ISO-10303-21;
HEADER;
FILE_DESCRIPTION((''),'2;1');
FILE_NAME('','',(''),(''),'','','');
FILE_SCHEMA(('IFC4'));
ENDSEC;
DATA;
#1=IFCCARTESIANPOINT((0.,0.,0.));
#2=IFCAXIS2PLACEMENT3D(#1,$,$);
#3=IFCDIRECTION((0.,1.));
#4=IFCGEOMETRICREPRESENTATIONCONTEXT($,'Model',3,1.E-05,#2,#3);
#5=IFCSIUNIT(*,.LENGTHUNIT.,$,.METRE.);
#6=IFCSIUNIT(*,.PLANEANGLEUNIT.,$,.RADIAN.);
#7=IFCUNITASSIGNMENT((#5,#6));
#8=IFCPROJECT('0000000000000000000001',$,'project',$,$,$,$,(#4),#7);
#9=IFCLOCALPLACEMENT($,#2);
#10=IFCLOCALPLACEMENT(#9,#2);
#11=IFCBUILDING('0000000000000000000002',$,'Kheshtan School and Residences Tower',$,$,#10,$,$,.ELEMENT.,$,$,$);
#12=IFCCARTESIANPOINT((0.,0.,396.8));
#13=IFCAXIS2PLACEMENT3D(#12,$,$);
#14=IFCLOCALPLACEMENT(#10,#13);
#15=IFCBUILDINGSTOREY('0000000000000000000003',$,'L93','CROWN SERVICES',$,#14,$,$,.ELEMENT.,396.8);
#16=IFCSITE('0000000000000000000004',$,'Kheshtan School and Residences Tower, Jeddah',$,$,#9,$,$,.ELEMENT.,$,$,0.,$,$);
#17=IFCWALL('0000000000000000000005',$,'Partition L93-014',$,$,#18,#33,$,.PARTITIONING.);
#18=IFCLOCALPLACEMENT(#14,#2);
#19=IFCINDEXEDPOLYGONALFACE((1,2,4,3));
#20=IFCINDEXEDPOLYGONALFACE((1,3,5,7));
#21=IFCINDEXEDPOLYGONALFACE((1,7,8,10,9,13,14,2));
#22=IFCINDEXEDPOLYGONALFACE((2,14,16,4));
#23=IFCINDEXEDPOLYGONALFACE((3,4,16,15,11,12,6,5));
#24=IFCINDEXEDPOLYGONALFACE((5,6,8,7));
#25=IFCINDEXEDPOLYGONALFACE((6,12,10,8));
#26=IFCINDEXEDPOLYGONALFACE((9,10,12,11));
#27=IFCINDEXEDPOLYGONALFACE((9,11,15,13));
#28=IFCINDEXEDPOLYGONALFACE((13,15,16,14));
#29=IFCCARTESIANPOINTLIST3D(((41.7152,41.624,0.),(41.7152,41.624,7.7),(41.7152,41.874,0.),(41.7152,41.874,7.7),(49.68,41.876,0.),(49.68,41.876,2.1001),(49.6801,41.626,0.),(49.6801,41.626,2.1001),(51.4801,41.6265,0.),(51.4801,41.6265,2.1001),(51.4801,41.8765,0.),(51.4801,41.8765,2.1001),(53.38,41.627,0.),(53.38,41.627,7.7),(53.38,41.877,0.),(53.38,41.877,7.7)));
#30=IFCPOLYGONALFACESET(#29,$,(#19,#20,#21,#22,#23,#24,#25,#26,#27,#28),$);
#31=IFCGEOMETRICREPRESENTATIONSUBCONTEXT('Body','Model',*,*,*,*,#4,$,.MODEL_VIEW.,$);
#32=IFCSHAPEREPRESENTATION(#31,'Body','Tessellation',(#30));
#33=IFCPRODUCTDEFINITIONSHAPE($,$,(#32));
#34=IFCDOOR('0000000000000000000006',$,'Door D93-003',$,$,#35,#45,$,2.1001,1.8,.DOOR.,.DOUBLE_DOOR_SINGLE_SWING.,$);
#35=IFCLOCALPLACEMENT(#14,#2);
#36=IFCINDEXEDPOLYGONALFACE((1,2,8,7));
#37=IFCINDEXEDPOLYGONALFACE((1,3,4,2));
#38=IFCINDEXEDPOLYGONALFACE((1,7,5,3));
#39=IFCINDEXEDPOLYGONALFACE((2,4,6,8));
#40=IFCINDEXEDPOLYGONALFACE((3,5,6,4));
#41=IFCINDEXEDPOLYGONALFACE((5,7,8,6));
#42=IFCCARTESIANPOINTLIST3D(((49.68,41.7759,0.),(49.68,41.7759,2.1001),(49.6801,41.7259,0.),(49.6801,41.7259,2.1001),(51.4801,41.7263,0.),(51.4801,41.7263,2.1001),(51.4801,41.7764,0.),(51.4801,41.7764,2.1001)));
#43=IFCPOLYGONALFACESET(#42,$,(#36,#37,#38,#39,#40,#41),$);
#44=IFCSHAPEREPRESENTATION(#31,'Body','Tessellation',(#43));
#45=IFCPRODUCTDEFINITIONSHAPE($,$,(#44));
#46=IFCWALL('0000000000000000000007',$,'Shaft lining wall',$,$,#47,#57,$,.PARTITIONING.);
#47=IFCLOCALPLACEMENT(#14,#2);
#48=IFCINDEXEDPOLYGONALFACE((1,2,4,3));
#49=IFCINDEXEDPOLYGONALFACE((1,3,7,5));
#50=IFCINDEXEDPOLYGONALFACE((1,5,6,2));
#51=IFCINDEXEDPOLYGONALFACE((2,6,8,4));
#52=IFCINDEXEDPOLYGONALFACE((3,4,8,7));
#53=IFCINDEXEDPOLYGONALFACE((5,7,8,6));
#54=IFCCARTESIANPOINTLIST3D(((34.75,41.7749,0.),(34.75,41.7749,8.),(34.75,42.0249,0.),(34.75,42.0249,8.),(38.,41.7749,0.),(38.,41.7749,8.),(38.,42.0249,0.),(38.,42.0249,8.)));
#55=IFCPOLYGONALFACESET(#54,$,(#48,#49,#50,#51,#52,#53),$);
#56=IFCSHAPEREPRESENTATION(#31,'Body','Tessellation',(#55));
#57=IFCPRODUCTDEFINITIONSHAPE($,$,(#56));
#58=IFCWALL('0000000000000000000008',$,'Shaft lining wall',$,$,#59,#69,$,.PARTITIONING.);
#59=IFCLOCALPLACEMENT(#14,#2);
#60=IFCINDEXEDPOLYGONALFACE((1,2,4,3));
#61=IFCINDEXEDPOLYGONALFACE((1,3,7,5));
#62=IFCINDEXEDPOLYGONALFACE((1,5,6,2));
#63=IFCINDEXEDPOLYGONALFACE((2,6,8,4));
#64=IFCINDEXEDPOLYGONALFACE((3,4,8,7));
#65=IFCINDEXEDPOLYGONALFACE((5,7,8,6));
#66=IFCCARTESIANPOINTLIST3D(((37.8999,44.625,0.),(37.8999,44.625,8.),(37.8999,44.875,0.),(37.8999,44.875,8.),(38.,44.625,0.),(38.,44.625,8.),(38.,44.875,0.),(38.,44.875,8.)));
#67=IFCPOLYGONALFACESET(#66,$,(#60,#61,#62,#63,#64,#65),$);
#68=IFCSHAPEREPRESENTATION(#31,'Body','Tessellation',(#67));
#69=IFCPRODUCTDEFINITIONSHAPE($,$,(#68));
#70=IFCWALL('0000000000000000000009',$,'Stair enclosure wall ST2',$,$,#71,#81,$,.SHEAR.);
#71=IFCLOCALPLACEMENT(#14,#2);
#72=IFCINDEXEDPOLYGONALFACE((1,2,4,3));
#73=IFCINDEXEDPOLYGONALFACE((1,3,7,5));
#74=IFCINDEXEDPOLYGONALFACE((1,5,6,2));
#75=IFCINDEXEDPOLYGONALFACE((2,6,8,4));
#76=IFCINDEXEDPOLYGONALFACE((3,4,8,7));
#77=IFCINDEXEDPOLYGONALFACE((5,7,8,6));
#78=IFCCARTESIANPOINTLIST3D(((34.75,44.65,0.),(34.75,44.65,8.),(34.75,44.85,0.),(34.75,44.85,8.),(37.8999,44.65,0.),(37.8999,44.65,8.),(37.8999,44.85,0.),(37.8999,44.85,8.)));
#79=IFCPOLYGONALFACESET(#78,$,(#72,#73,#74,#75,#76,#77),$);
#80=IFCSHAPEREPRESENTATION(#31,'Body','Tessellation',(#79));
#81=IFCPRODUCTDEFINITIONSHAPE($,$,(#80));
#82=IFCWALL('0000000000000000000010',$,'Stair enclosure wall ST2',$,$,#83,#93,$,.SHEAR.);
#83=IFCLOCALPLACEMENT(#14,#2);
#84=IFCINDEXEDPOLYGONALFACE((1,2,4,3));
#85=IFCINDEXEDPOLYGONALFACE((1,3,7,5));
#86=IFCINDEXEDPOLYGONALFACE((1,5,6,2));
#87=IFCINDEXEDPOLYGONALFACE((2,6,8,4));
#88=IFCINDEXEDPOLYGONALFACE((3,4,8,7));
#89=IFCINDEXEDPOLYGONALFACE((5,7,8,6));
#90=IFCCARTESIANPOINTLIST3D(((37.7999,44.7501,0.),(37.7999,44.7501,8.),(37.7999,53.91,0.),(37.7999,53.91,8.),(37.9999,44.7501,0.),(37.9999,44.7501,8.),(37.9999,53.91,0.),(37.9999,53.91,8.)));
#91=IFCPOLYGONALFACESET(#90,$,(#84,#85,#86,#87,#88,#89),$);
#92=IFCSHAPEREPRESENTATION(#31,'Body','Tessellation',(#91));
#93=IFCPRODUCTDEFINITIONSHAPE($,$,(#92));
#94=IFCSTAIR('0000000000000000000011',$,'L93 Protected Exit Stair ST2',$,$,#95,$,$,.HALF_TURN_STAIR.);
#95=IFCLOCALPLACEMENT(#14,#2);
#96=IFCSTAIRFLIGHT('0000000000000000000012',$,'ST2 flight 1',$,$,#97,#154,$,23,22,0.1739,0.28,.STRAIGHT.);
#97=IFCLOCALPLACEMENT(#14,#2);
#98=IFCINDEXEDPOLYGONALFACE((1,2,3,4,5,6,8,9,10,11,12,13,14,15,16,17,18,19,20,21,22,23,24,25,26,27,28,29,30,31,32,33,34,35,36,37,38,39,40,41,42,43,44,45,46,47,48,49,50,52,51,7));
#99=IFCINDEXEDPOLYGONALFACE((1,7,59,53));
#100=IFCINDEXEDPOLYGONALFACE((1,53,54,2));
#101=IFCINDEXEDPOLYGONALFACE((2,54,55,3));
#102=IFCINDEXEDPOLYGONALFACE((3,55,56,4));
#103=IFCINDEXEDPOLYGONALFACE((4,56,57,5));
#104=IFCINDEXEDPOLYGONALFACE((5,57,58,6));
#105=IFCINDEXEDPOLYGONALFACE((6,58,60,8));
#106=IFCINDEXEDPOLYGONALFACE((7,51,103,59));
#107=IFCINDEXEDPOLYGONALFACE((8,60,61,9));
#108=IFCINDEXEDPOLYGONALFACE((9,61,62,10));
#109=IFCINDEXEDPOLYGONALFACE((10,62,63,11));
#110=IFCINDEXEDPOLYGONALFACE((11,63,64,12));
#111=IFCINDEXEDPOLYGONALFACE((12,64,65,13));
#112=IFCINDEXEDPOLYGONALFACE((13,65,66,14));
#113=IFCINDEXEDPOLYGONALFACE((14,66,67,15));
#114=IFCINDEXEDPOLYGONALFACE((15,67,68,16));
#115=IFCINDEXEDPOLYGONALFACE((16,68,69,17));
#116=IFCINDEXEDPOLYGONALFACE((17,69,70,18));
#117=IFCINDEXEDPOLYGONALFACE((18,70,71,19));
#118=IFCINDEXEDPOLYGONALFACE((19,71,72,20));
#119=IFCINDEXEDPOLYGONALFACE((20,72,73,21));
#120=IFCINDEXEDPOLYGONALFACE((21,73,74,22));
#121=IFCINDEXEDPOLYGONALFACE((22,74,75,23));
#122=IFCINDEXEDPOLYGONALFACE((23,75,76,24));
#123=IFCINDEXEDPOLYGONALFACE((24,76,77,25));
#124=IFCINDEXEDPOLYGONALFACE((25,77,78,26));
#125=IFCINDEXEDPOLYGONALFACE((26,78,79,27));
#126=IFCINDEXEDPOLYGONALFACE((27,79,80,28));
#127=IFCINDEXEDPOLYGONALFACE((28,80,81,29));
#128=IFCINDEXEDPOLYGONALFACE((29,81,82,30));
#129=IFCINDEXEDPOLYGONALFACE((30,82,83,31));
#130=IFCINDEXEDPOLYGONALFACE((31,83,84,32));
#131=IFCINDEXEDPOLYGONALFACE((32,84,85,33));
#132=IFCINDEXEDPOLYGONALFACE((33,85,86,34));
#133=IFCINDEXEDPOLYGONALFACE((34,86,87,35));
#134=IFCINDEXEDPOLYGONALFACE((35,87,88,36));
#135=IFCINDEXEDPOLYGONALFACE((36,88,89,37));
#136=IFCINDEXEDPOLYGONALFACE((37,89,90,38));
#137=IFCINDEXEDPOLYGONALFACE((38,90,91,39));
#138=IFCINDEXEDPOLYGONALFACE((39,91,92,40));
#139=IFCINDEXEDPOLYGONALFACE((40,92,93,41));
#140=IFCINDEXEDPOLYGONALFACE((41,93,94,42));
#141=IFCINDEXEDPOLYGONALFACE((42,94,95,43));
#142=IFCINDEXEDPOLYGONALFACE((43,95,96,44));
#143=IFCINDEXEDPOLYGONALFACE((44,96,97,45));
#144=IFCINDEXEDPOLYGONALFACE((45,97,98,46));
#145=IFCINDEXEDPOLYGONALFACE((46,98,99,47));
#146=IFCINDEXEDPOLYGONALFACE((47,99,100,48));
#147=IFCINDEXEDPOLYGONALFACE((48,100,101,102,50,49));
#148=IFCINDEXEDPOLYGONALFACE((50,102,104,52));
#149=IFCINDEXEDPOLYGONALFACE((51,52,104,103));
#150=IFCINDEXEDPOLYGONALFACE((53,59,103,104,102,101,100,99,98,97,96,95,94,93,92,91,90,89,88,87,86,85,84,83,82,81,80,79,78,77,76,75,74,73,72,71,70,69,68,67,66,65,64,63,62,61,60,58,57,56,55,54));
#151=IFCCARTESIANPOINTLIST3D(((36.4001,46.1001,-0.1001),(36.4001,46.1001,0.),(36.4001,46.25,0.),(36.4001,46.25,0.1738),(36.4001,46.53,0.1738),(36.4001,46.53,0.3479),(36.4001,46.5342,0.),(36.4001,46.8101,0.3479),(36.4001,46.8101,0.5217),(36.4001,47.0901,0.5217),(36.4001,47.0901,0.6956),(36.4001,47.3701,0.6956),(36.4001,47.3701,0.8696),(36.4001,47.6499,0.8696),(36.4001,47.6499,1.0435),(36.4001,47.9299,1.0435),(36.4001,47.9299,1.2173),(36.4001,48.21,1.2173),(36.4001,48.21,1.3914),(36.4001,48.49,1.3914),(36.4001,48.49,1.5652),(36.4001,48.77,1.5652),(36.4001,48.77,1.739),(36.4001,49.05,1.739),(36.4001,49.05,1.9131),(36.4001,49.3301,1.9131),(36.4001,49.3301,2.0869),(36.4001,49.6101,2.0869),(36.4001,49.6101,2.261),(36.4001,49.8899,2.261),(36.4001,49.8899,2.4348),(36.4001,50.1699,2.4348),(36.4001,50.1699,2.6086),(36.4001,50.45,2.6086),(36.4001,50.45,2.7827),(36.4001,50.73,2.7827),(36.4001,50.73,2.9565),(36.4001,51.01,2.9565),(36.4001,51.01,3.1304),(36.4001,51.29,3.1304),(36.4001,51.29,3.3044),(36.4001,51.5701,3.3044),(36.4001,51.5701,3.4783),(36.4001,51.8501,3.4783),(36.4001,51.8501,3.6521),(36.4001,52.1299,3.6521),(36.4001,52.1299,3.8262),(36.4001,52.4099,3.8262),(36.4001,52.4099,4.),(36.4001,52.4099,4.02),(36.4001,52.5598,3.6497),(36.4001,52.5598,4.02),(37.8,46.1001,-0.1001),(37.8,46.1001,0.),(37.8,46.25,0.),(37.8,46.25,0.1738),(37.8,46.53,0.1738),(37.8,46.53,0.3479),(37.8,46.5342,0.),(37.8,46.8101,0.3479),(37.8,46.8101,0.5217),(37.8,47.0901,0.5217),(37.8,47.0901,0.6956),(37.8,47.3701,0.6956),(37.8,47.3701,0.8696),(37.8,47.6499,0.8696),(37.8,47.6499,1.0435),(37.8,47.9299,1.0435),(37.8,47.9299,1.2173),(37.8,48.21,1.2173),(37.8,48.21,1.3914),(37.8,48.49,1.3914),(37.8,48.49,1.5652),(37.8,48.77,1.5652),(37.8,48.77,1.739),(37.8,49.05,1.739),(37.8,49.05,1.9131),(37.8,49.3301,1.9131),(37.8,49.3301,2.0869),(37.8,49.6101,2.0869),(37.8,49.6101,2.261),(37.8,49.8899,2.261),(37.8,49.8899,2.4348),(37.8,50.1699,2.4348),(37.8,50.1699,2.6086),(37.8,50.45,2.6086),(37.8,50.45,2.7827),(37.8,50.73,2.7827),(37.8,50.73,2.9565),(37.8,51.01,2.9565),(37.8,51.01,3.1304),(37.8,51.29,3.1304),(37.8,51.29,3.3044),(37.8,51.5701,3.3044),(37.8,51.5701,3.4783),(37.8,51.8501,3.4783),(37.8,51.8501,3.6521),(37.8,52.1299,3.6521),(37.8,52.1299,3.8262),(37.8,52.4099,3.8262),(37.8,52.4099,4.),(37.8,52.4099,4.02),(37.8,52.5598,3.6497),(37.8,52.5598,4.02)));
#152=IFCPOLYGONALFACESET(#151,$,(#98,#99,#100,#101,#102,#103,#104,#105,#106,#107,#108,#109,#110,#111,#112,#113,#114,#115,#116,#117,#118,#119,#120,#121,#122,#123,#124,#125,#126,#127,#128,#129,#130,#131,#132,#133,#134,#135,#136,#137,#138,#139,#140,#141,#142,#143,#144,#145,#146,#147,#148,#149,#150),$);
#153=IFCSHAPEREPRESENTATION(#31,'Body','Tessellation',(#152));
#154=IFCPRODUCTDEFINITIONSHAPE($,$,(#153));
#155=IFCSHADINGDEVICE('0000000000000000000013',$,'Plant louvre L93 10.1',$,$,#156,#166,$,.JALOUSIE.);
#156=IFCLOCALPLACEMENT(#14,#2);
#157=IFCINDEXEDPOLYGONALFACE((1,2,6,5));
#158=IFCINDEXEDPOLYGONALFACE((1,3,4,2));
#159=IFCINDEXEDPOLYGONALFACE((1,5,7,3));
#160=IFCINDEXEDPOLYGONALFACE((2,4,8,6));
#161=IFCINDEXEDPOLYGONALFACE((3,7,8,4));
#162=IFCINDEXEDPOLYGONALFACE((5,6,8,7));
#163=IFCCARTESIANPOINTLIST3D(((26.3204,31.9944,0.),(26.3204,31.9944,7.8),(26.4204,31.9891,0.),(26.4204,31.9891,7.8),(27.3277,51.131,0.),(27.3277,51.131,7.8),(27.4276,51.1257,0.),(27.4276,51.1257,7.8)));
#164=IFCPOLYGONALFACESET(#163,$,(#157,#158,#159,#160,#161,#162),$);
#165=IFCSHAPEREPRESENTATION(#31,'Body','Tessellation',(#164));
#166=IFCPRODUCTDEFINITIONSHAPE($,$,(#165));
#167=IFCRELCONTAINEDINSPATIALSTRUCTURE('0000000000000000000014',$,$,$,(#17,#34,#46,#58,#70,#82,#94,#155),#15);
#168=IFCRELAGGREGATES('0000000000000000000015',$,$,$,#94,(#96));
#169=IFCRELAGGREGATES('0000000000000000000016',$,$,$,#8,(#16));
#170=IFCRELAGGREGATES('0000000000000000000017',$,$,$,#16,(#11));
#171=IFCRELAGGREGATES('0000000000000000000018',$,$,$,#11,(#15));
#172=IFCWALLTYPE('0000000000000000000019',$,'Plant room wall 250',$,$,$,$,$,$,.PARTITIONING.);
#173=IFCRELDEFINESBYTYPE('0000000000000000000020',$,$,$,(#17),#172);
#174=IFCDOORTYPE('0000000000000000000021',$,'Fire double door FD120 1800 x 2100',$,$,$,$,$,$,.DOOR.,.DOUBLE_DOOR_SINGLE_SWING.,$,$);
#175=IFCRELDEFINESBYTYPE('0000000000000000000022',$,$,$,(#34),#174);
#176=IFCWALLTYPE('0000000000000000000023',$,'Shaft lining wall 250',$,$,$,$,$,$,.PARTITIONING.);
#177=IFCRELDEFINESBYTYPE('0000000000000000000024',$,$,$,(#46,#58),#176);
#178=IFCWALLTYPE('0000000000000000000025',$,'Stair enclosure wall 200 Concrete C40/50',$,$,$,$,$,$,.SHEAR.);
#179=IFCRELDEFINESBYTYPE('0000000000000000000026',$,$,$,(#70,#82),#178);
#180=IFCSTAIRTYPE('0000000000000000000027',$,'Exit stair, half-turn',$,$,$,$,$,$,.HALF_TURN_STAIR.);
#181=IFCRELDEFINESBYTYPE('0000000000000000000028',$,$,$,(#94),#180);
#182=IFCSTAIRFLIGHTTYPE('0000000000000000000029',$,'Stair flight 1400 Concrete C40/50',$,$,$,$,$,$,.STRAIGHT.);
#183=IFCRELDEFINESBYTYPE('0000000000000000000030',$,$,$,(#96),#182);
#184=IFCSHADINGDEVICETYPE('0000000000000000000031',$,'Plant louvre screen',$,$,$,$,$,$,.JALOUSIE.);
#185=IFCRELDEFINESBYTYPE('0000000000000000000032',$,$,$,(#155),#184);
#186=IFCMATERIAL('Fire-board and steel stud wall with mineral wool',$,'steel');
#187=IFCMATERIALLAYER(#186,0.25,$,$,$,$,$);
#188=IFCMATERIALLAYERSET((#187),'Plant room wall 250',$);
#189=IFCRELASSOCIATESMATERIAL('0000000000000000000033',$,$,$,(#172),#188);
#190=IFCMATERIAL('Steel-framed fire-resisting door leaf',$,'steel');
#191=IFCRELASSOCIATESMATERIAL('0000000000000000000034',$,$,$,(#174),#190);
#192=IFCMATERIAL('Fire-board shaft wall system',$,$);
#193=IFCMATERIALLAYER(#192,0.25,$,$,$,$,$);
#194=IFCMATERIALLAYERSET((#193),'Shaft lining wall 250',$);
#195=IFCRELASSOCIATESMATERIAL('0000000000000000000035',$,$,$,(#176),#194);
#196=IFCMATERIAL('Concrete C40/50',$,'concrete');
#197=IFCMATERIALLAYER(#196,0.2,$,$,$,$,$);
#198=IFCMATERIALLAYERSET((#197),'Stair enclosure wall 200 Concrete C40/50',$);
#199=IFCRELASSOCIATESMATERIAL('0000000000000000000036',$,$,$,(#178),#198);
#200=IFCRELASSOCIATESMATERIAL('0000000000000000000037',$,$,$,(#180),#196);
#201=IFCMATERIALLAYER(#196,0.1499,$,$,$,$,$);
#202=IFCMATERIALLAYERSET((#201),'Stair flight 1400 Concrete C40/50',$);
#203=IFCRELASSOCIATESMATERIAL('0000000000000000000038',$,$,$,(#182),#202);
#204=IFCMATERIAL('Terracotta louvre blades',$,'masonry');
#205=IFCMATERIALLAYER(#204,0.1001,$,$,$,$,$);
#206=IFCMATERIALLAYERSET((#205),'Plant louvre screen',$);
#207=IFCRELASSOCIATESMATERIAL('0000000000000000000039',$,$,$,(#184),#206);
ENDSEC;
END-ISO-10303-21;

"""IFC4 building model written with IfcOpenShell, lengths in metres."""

from ifc_helpers import new_model, si_unit, direction, frame, frame_2d, origin, origin_2d, place, context, subcontext, project, spatial, polyline, rectangle, outline, extrude, source, transform, mapped, material, layer, layer_set, type_object, element, fill, aggregate, save


model = new_model("IFC4")

# Units and contexts
model_context = context("Model", 3, precision=1e-05, world=origin(), true_north=direction((0.0, 1.0)))
body_context = subcontext(model_context, "Body", "Model", "MODEL_VIEW")
ifc_project = project(units=[si_unit("LENGTHUNIT", "METRE"), si_unit("PLANEANGLEUNIT", "RADIAN")], contexts=[model_context])

# Site, building, storey
site_placement = place(None, origin())
site = spatial("IfcSite", under=ifc_project, at=site_placement, Name="Kheshtan School and Residences Tower, Jeddah", CompositionType="ELEMENT", RefElevation=0.0)
building_placement = place(site_placement, origin())
building = spatial("IfcBuilding", under=site, at=building_placement, Name="Kheshtan School and Residences Tower", CompositionType="ELEMENT")
storey_placement = place(building_placement, frame((0.0, 0.0, 396.8)))
storey = spatial("IfcBuildingStorey", under=building, at=storey_placement, Name="L93", Description="CROWN SERVICES", CompositionType="ELEMENT", Elevation=396.8)

# Shared definitions
ifc_material_1 = material(Name="Fire-board and steel stud wall with mineral wool", Category="steel")
ifc_layer_1 = layer(ifc_material_1, 0.25)
ifc_layer_set_1 = layer_set([ifc_layer_1], Name="Plant room wall 250")
wall_type_1 = type_object("IfcWallType", Name="Plant room wall 250", PredefinedType="PARTITIONING", material=ifc_layer_set_1)
ifc_material_2 = material(Name="Steel-framed fire-resisting door leaf", Category="steel")

# Wall, opening, door
wall_1_placement = place(storey_placement, frame((41.7151, 41.749, 0.0), z_axis=(0.0, 0.0, 1.0), x_axis=(1.0, 0.000251, 0.0)))
wall_1 = element("IfcWall", 1, at=wall_1_placement, inside=storey, type_object=wall_type_1, Name="Partition L93-014", PredefinedType="PARTITIONING", context=body_context, shape_type="SweptSolid", body=[
    extrude(rectangle(XDim=11.6648, YDim=0.25, at=frame_2d((5.8325, 0.0))), origin(), (0.0, 0.0, 1.0), 7.7),
])
opening_1_placement = place(wall_1_placement, frame((7.9651, 0.0, 0.0)))
opening_1 = element("IfcOpeningElement", 2, at=opening_1_placement, cuts=wall_1, PredefinedType="OPENING", context=body_context, shape_type="SweptSolid", body=[
    extrude(rectangle(XDim=1.8, YDim=2.1001, at=frame_2d((0.8999, 1.05))), frame((0.0, 0.135, 0.0), z_axis=(0.0, -1.0, 0.0), x_axis=(1.0, 0.0, 0.0)), (0.0, 0.0, 1.0), 0.27),
])
door_type_1 = type_object("IfcDoorType", Name="Fire double door FD120 1800 x 2100", OperationType="DOUBLE_DOOR_SINGLE_SWING", PredefinedType="DOOR", material=ifc_material_2)
shared_shape_1 = source(origin(), body_context, "Body", "SweptSolid", [
    extrude(rectangle(XDim=1.8, YDim=2.1001, at=frame_2d((0.8999, 1.05))), frame((0.0, 0.0249, 0.0), z_axis=(0.0, -1.0, 0.0), x_axis=(1.0, 0.0, 0.0)), (0.0, 0.0, 1.0), 0.05),
])
door_1_placement = place(opening_1_placement, origin())
door_1 = element("IfcDoor", 3, at=door_1_placement, inside=storey, type_object=door_type_1, Name="Door D93-003", OperationType="DOUBLE_DOOR_SINGLE_SWING", OverallHeight=2.1001, OverallWidth=1.8, PredefinedType="DOOR", context=body_context, shape_type="MappedRepresentation", body=[
    mapped(shared_shape_1, transform((0.0, 0.0, 0.0), x_axis=(1.0, 0.0, 0.0), y_axis=(0.0, 1.0, 0.0), z_axis=(0.0, 0.0, 1.0), scale=1.0)),
])
fill(opening_1, door_1)

# Walls
ifc_material_3 = material(Name="Fire-board shaft wall system")
ifc_layer_2 = layer(ifc_material_3, 0.25)
ifc_layer_set_2 = layer_set([ifc_layer_2], Name="Shaft lining wall 250")
wall_type_2 = type_object("IfcWallType", Name="Shaft lining wall 250", PredefinedType="PARTITIONING", material=ifc_layer_set_2)
wall_2_placement = place(storey_placement, frame((34.75, 41.8999, 0.0), z_axis=(0.0, 0.0, 1.0), x_axis=(1.0, 0.0, 0.0)))
element("IfcWall", 4, at=wall_2_placement, inside=storey, type_object=wall_type_2, Name="Shaft lining wall", PredefinedType="PARTITIONING", context=body_context, shape_type="SweptSolid", body=[
    extrude(rectangle(XDim=3.25, YDim=0.25, at=frame_2d((1.625, 0.0))), origin(), (0.0, 0.0, 1.0), 8.0),
])
wall_3_placement = place(storey_placement, frame((37.8999, 44.75, 0.0), z_axis=(0.0, 0.0, 1.0), x_axis=(1.0, 0.0, 0.0)))
element("IfcWall", 5, at=wall_3_placement, inside=storey, type_object=wall_type_2, Name="Shaft lining wall", PredefinedType="PARTITIONING", context=body_context, shape_type="SweptSolid", body=[
    extrude(rectangle(XDim=0.1001, YDim=0.25, at=frame_2d((0.05, 0.0))), origin(), (0.0, 0.0, 1.0), 8.0),
])
ifc_material_4 = material(Name="Concrete C40/50", Category="concrete")
ifc_layer_3 = layer(ifc_material_4, 0.2)
ifc_layer_set_3 = layer_set([ifc_layer_3], Name="Stair enclosure wall 200 Concrete C40/50")
wall_type_3 = type_object("IfcWallType", Name="Stair enclosure wall 200 Concrete C40/50", PredefinedType="SHEAR", material=ifc_layer_set_3)
wall_4_placement = place(storey_placement, frame((34.75, 44.75, 0.0), z_axis=(0.0, 0.0, 1.0), x_axis=(1.0, 0.0, 0.0)))
element("IfcWall", 6, at=wall_4_placement, inside=storey, type_object=wall_type_3, Name="Stair enclosure wall ST2", PredefinedType="SHEAR", context=body_context, shape_type="SweptSolid", body=[
    extrude(rectangle(XDim=3.1499, YDim=0.2, at=frame_2d((1.575, 0.0))), origin(), (0.0, 0.0, 1.0), 8.0),
])
wall_5_placement = place(storey_placement, frame((37.8999, 44.75, 0.0), z_axis=(0.0, 0.0, 1.0), x_axis=(0.0, 1.0, 0.0)))
element("IfcWall", 7, at=wall_5_placement, inside=storey, type_object=wall_type_3, Name="Stair enclosure wall ST2", PredefinedType="SHEAR", context=body_context, shape_type="SweptSolid", body=[
    extrude(rectangle(XDim=9.1599, YDim=0.2, at=frame_2d((4.5801, 0.0))), origin(), (0.0, 0.0, 1.0), 8.0),
])

# Stair, stair flight
stair_type = type_object("IfcStairType", Name="Exit stair, half-turn", PredefinedType="HALF_TURN_STAIR", material=ifc_material_4)
stair_placement = place(storey_placement, origin())
stair = element("IfcStair", 8, at=stair_placement, inside=storey, type_object=stair_type, Name="L93 Protected Exit Stair ST2", PredefinedType="HALF_TURN_STAIR")
ifc_layer_4 = layer(ifc_material_4, 0.1499)
ifc_layer_set_4 = layer_set([ifc_layer_4], Name="Stair flight 1400 Concrete C40/50")
stair_flight_type = type_object("IfcStairFlightType", Name="Stair flight 1400 Concrete C40/50", PredefinedType="STRAIGHT", material=ifc_layer_set_4)
stair_flight_placement = place(storey_placement, frame((37.1001, 46.25, 0.0), z_axis=(0.0, 0.0, 1.0), x_axis=(0.0, 1.0, 0.0)))
stair_flight = element("IfcStairFlight", 9, at=stair_flight_placement, type_object=stair_flight_type, Name="ST2 flight 1", NumberOfRisers=23, NumberOfTreads=22, PredefinedType="STRAIGHT", RiserHeight=0.1739, TreadLength=0.28, context=body_context, shape_type="SweptSolid", body=[
    extrude(outline(polyline([(-0.1499, -0.1001), (-0.1499, 0.0), (0.0, 0.0), (0.0, 0.1738), (0.28, 0.1738), (0.28, 0.3479), (0.5601, 0.3479), (0.5601, 0.5217), (0.8401, 0.5217), (0.8401, 0.6956), (1.1201, 0.6956), (1.1201, 0.8696), (1.3999, 0.8696), (1.3999, 1.0435), (1.6799, 1.0435), (1.6799, 1.2173), (1.96, 1.2173), (1.96, 1.3914), (2.24, 1.3914), (2.24, 1.5652), (2.52, 1.5652), (2.52, 1.739), (2.8, 1.739), (2.8, 1.9131), (3.0801, 1.9131), (3.0801, 2.0869), (3.3601, 2.0869), (3.3601, 2.261), (3.6399, 2.261), (3.6399, 2.4348), (3.9199, 2.4348), (3.9199, 2.6086), (4.2, 2.6086), (4.2, 2.7827), (4.48, 2.7827), (4.48, 2.9565), (4.76, 2.9565), (4.76, 3.1304), (5.04, 3.1304), (5.04, 3.3044), (5.3201, 3.3044), (5.3201, 3.4783), (5.6001, 3.4783), (5.6001, 3.6521), (5.8799, 3.6521), (5.8799, 3.8262), (6.1599, 3.8262), (6.1599, 4.0), (6.1599, 4.02), (6.3098, 4.02), (6.3098, 3.6497), (0.2842, 0.0), (-0.1499, -0.1001)])), frame((0.0, 0.7, 0.0), z_axis=(0.0, -1.0, 0.0), x_axis=(1.0, 0.0, 0.0)), (0.0, 0.0, 1.0), 1.3999),
])
aggregate(stair, [stair_flight])

# Shading device
ifc_material_5 = material(Name="Terracotta louvre blades", Category="masonry")
ifc_layer_5 = layer(ifc_material_5, 0.1001)
ifc_layer_set_5 = layer_set([ifc_layer_5], Name="Plant louvre screen")
shading_device_type = type_object("IfcShadingDeviceType", Name="Plant louvre screen", PredefinedType="JALOUSIE", material=ifc_layer_set_5)
shading_device_placement = place(storey_placement, frame((26.874, 41.5601, 0.0), z_axis=(0.0, 0.0, 1.0), x_axis=(0.052563, 0.998618, 0.0)))
element("IfcShadingDevice", 10, at=shading_device_placement, inside=storey, type_object=shading_device_type, Name="Plant louvre L93 10.1", PredefinedType="JALOUSIE", context=body_context, shape_type="SweptSolid", body=[
    extrude(rectangle(XDim=19.1631, YDim=0.1001, at=origin_2d()), origin(), (0.0, 0.0, 1.0), 7.8),
])

save(model, "model.ifc")
